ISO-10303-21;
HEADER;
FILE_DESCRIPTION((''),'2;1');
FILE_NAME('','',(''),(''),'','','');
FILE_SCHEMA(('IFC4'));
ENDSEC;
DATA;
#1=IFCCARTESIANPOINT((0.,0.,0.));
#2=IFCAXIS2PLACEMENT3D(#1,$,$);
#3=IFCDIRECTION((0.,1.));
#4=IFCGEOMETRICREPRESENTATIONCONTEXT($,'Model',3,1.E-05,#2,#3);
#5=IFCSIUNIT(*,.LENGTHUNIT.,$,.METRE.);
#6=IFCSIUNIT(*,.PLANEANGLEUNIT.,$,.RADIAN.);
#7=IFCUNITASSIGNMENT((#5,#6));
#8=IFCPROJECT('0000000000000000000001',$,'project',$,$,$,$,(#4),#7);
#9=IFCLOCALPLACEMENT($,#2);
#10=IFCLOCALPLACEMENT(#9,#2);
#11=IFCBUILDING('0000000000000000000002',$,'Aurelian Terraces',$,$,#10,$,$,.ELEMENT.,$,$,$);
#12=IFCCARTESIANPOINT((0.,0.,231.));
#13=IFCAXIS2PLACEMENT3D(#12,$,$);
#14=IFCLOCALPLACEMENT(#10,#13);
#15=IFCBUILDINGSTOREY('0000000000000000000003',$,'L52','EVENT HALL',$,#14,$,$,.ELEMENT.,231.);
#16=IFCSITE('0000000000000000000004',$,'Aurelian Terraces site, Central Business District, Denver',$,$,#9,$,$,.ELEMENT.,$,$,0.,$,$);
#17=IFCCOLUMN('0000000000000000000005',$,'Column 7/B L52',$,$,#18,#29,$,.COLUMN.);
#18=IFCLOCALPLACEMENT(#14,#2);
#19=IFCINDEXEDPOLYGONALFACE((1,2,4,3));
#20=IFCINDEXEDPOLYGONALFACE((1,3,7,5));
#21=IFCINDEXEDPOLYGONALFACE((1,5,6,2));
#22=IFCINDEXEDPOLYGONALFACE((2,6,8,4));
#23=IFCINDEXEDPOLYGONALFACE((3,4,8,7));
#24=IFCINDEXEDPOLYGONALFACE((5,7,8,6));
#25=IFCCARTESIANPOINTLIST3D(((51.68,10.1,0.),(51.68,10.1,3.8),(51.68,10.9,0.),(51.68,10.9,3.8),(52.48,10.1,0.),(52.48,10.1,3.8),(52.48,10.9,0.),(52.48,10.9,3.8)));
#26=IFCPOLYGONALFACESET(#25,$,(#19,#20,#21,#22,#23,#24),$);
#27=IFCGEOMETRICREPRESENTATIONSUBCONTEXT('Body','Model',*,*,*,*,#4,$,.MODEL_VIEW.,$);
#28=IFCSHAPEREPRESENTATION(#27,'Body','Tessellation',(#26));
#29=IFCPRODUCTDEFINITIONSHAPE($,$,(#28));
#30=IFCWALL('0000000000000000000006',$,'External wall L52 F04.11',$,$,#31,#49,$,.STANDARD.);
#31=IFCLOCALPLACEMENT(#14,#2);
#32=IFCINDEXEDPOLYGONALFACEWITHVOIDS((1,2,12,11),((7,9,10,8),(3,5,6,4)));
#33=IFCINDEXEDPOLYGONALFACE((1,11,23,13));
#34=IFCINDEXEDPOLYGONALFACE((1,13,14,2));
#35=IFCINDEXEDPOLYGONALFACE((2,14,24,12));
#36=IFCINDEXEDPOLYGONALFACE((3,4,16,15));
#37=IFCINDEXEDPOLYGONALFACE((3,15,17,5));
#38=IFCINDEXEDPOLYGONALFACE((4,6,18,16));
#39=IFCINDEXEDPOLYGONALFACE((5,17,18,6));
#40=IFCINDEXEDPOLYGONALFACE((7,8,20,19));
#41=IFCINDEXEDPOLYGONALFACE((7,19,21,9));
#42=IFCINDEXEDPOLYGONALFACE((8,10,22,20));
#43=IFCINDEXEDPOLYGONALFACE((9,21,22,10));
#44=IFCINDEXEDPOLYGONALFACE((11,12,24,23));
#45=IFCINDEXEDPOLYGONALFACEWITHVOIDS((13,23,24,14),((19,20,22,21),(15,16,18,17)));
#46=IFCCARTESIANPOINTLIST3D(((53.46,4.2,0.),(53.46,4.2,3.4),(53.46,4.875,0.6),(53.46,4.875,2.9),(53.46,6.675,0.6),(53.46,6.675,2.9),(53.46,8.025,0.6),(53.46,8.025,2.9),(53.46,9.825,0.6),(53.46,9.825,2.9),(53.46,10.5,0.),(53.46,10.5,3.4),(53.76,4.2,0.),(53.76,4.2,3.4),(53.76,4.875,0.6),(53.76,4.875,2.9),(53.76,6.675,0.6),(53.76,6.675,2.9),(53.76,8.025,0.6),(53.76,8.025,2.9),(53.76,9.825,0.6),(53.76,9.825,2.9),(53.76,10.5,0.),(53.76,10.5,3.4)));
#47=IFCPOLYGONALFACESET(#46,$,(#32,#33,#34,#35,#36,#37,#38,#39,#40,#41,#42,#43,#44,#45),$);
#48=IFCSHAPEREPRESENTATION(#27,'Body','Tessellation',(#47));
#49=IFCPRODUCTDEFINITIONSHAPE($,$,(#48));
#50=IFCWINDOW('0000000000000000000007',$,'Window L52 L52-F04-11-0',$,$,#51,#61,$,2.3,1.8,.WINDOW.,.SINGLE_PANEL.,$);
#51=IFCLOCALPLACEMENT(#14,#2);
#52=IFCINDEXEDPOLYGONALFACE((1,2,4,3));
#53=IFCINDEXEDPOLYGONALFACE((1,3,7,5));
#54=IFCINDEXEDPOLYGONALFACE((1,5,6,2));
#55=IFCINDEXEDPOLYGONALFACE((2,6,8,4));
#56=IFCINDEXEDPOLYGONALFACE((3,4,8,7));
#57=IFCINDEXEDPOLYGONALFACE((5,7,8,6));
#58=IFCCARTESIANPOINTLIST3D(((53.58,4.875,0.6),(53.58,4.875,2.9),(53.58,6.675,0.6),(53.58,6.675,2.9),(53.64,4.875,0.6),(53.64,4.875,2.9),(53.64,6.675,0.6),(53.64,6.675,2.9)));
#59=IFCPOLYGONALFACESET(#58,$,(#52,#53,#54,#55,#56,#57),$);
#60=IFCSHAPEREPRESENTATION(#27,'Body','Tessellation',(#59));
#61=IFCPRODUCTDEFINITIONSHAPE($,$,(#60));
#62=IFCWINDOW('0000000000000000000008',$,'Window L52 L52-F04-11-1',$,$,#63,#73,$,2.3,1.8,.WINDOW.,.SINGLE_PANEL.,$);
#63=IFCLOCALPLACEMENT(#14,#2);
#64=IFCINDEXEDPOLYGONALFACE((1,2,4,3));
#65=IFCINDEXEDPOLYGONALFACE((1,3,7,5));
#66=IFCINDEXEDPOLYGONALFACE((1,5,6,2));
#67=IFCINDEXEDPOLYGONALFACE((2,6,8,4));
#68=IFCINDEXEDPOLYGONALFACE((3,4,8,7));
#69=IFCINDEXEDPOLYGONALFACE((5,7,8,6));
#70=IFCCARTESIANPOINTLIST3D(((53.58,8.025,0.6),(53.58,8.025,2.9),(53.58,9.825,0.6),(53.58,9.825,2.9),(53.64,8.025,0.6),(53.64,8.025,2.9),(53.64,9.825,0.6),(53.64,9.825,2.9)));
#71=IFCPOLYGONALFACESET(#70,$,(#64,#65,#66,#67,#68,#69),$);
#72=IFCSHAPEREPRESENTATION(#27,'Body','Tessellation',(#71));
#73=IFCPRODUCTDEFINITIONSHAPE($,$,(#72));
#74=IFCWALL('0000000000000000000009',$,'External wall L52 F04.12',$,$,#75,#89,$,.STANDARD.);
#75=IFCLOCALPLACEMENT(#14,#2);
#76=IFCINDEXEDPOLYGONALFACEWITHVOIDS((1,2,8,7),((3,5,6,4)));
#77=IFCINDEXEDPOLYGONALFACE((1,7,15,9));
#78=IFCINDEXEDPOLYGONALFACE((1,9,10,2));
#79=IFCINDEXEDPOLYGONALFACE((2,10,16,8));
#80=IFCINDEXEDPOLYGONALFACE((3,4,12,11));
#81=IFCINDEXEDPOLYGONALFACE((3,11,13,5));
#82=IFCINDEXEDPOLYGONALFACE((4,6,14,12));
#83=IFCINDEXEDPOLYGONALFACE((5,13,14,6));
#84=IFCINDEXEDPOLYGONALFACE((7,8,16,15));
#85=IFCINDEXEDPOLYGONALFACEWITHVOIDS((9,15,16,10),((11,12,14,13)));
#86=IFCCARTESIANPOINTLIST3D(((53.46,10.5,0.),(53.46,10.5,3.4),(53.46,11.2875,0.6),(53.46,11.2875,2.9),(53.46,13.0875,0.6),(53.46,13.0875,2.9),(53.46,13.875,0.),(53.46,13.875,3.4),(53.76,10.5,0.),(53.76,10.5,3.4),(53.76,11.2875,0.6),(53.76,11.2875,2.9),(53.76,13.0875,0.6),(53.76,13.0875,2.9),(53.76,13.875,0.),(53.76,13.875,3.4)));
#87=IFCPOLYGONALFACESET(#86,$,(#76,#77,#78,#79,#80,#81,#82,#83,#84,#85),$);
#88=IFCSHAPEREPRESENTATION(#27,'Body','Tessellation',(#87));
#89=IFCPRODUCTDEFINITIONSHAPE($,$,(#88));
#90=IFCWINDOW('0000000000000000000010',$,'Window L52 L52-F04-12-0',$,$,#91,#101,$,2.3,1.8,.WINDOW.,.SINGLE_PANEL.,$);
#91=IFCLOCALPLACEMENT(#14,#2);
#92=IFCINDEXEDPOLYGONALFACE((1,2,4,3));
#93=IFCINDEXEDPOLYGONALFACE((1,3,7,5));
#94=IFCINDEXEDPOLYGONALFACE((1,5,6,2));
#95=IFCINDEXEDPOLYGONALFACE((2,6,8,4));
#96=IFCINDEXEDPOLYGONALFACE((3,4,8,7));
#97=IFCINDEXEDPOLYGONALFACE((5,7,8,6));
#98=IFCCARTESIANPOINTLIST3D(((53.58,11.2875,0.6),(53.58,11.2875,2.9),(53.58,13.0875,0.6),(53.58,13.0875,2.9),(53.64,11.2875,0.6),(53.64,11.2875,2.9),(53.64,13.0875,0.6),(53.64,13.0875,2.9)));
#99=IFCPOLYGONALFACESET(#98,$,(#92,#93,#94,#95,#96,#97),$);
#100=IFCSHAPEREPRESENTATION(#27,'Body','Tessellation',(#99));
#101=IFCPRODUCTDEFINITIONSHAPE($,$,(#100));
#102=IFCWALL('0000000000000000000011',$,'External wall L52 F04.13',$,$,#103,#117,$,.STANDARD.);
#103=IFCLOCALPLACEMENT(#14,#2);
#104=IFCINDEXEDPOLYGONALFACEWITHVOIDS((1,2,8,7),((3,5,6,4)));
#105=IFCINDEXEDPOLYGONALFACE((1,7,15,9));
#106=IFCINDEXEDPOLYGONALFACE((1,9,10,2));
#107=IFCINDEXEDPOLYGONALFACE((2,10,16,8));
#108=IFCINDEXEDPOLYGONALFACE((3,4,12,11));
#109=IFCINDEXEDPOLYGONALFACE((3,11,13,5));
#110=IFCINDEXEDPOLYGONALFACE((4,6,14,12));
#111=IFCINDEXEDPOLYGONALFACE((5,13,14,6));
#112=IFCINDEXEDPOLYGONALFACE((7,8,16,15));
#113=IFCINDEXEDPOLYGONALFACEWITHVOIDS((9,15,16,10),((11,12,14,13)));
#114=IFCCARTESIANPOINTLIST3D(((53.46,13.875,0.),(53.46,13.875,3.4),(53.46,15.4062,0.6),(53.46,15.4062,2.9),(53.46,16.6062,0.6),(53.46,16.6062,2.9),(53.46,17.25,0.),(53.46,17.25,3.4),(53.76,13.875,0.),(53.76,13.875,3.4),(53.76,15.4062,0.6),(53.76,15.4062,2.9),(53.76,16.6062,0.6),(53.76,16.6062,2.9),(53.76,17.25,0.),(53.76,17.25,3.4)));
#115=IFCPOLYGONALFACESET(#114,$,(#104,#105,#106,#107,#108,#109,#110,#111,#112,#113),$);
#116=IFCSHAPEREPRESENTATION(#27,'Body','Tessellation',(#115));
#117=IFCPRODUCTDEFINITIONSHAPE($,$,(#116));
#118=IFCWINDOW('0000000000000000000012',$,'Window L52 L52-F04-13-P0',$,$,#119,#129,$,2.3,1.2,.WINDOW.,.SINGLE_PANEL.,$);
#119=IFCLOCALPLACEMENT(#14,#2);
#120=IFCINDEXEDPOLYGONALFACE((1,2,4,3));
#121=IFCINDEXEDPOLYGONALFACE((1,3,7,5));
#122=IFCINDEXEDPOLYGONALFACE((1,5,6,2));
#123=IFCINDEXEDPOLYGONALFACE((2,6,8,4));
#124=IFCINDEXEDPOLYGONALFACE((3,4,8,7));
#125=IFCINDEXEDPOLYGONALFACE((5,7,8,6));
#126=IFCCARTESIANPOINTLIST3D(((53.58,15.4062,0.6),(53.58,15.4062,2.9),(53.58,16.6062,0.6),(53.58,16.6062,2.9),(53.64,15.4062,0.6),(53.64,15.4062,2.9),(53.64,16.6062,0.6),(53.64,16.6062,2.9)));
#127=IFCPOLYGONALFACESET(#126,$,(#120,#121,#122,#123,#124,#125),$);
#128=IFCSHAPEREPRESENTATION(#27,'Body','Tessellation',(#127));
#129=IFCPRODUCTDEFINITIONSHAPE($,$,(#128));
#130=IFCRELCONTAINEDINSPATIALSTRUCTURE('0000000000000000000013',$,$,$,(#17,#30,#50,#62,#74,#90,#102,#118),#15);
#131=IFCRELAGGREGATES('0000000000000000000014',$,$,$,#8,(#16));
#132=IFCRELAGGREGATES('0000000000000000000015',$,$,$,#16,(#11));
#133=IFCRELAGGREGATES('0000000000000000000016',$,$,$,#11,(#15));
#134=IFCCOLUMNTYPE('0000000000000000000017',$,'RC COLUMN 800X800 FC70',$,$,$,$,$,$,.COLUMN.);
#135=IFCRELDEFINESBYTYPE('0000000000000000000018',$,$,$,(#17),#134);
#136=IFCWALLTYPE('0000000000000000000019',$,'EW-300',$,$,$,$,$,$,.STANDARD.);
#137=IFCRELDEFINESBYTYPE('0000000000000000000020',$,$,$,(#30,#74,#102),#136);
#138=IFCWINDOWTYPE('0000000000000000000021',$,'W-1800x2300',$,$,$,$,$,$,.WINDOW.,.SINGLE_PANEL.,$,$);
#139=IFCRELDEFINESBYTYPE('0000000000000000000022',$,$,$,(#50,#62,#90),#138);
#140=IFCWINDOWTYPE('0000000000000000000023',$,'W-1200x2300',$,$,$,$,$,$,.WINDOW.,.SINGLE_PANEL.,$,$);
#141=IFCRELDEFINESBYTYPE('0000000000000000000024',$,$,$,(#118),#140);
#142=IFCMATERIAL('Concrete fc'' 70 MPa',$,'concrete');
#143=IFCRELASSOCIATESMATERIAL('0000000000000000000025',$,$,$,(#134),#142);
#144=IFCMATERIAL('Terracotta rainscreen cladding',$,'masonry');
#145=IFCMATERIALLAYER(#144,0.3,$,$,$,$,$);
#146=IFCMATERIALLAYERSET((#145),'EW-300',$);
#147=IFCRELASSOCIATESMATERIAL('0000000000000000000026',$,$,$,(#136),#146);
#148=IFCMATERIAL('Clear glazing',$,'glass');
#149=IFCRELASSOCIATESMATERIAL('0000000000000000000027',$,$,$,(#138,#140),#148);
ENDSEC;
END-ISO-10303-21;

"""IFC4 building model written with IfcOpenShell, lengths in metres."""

from ifc_helpers import new_model, si_unit, direction, frame, frame_2d, origin, origin_2d, place, context, subcontext, project, spatial, rectangle, extrude, source, transform, mapped, material, layer, layer_set, material_profile, profile_set, type_object, element, fill, save


model = new_model("IFC4")

# Units and contexts
model_context = context("Model", 3, precision=1e-05, world=origin(), true_north=direction((0.0, 1.0)))
body_context = subcontext(model_context, "Body", "Model", "MODEL_VIEW")
ifc_project = project(units=[si_unit("LENGTHUNIT", "METRE"), si_unit("PLANEANGLEUNIT", "RADIAN")], contexts=[model_context])

# Site, building, storey
site_placement = place(None, origin())
site = spatial("IfcSite", under=ifc_project, at=site_placement, Name="Aurelian Terraces site, Central Business District, Denver", CompositionType="ELEMENT", RefElevation=0.0)
building_placement = place(site_placement, origin())
building = spatial("IfcBuilding", under=site, at=building_placement, Name="Aurelian Terraces", CompositionType="ELEMENT")
storey_placement = place(building_placement, frame((0.0, 0.0, 231.0)))
storey = spatial("IfcBuildingStorey", under=building, at=storey_placement, Name="L52", Description="EVENT HALL", CompositionType="ELEMENT", Elevation=231.0)

# Column
ifc_material_1 = material(Name="Concrete fc' 70 MPa", Category="concrete")
ifc_material_profile = material_profile(ifc_material_1, rectangle(XDim=0.8, YDim=0.8, at=origin_2d()))
ifc_profile_set = profile_set([ifc_material_profile], Name="Concrete fc' 70 MPa")
column_type = type_object("IfcColumnType", Name="RC COLUMN 800X800 FC70", PredefinedType="COLUMN", material=ifc_profile_set)
shared_shape_1 = source(origin(), body_context, "Body", "SweptSolid", [
    extrude(rectangle(XDim=0.8, YDim=0.8, at=origin_2d()), origin(), (0.0, 0.0, 1.0), 3.8),
])
column_placement = place(storey_placement, frame((52.08, 10.5, 0.0), z_axis=(0.0, 0.0, 1.0), x_axis=(1.0, 0.0, 0.0)))
element("IfcColumn", 1, at=column_placement, inside=storey, type_object=column_type, Name="Column 7/B L52", PredefinedType="COLUMN", context=body_context, shape_type="MappedRepresentation", body=[
    mapped(shared_shape_1, transform((0.0, 0.0, 0.0), scale=1.0)),
])

# Wall, openings, windows
ifc_material_2 = material(Name="Terracotta rainscreen cladding", Category="masonry")
ifc_layer_1 = layer(ifc_material_2, 0.3)
ifc_layer_set_1 = layer_set([ifc_layer_1], Name="EW-300")
wall_type_1 = type_object("IfcWallType", Name="EW-300", PredefinedType="STANDARD", material=ifc_layer_set_1)
shared_shape_2 = source(origin(), body_context, "Body", "SweptSolid", [
    extrude(rectangle(XDim=6.3, YDim=0.3, at=frame_2d((3.15, 0.0))), origin(), (0.0, 0.0, 1.0), 3.4),
])
wall_1_placement = place(storey_placement, frame((53.61, 4.2, 0.0), z_axis=(0.0, 0.0, 1.0), x_axis=(0.0, 1.0, 0.0)))
wall_1 = element("IfcWall", 2, at=wall_1_placement, inside=storey, type_object=wall_type_1, Name="External wall L52 F04.11", PredefinedType="STANDARD", context=body_context, shape_type="MappedRepresentation", body=[
    mapped(shared_shape_2, transform((0.0, 0.0, 0.0), scale=1.0)),
])
shared_shape_3 = source(origin(), body_context, "Body", "SweptSolid", [
    extrude(rectangle(XDim=1.8, YDim=2.3, at=frame_2d((0.9, 1.15))), frame((0.0, 0.16, 0.0), z_axis=(0.0, -1.0, 0.0), x_axis=(1.0, 0.0, 0.0)), (0.0, 0.0, 1.0), 0.32),
])
opening_1_placement = place(wall_1_placement, frame((0.675, 0.0, 0.6)))
opening_1 = element("IfcOpeningElement", 3, at=opening_1_placement, cuts=wall_1, PredefinedType="OPENING", context=body_context, shape_type="MappedRepresentation", body=[
    mapped(shared_shape_3, transform((0.0, 0.0, 0.0), scale=1.0)),
])
opening_2_placement = place(wall_1_placement, frame((3.825, 0.0, 0.6)))
opening_2 = element("IfcOpeningElement", 4, at=opening_2_placement, cuts=wall_1, PredefinedType="OPENING", context=body_context, shape_type="MappedRepresentation", body=[
    mapped(shared_shape_3, transform((0.0, 0.0, 0.0), scale=1.0)),
])
ifc_material_3 = material(Name="Clear glazing", Category="glass")
window_type_1 = type_object("IfcWindowType", Name="W-1800x2300", PartitioningType="SINGLE_PANEL", PredefinedType="WINDOW", material=ifc_material_3)
shared_shape_4 = source(origin(), body_context, "Body", "SweptSolid", [
    extrude(rectangle(XDim=1.8, YDim=2.3, at=frame_2d((0.9, 1.15))), frame((0.0, 0.03, 0.0), z_axis=(0.0, -1.0, 0.0), x_axis=(1.0, 0.0, 0.0)), (0.0, 0.0, 1.0), 0.06),
])
window_1_placement = place(opening_1_placement, origin())
window_1 = element("IfcWindow", 5, at=window_1_placement, inside=storey, type_object=window_type_1, Name="Window L52 L52-F04-11-0", OverallHeight=2.3, OverallWidth=1.8, PartitioningType="SINGLE_PANEL", PredefinedType="WINDOW", context=body_context, shape_type="MappedRepresentation", body=[
    mapped(shared_shape_4, transform((0.0, 0.0, 0.0), scale=1.0)),
])
fill(opening_1, window_1)
window_2_placement = place(opening_2_placement, origin())
window_2 = element("IfcWindow", 6, at=window_2_placement, inside=storey, type_object=window_type_1, Name="Window L52 L52-F04-11-1", OverallHeight=2.3, OverallWidth=1.8, PartitioningType="SINGLE_PANEL", PredefinedType="WINDOW", context=body_context, shape_type="MappedRepresentation", body=[
    mapped(shared_shape_4, transform((0.0, 0.0, 0.0), scale=1.0)),
])
fill(opening_2, window_2)

# Walls, openings, windows
shared_shape_5 = source(origin(), body_context, "Body", "SweptSolid", [
    extrude(rectangle(XDim=3.375, YDim=0.3, at=frame_2d((1.6875, 0.0))), origin(), (0.0, 0.0, 1.0), 3.4),
])
wall_2_placement = place(storey_placement, frame((53.61, 10.5, 0.0), z_axis=(0.0, 0.0, 1.0), x_axis=(0.0, 1.0, 0.0)))
wall_2 = element("IfcWall", 7, at=wall_2_placement, inside=storey, type_object=wall_type_1, Name="External wall L52 F04.12", PredefinedType="STANDARD", context=body_context, shape_type="MappedRepresentation", body=[
    mapped(shared_shape_5, transform((0.0, 0.0, 0.0), scale=1.0)),
])
opening_3_placement = place(wall_2_placement, frame((0.7875, 0.0, 0.6)))
opening_3 = element("IfcOpeningElement", 8, at=opening_3_placement, cuts=wall_2, PredefinedType="OPENING", context=body_context, shape_type="MappedRepresentation", body=[
    mapped(shared_shape_3, transform((0.0, 0.0, 0.0), scale=1.0)),
])
window_3_placement = place(opening_3_placement, origin())
window_3 = element("IfcWindow", 9, at=window_3_placement, inside=storey, type_object=window_type_1, Name="Window L52 L52-F04-12-0", OverallHeight=2.3, OverallWidth=1.8, PartitioningType="SINGLE_PANEL", PredefinedType="WINDOW", context=body_context, shape_type="MappedRepresentation", body=[
    mapped(shared_shape_4, transform((0.0, 0.0, 0.0), scale=1.0)),
])
fill(opening_3, window_3)
wall_3_placement = place(storey_placement, frame((53.61, 13.875, 0.0), z_axis=(0.0, 0.0, 1.0), x_axis=(0.0, 1.0, 0.0)))
wall_3 = element("IfcWall", 10, at=wall_3_placement, inside=storey, type_object=wall_type_1, Name="External wall L52 F04.13", PredefinedType="STANDARD", context=body_context, shape_type="MappedRepresentation", body=[
    mapped(shared_shape_5, transform((0.0, 0.0, 0.0), scale=1.0)),
])
shared_shape_6 = source(origin(), body_context, "Body", "SweptSolid", [
    extrude(rectangle(XDim=1.2, YDim=2.3, at=frame_2d((0.6, 1.15))), frame((0.0, 0.16, 0.0), z_axis=(0.0, -1.0, 0.0), x_axis=(1.0, 0.0, 0.0)), (0.0, 0.0, 1.0), 0.32),
])
opening_4_placement = place(wall_3_placement, frame((1.5312, 0.0, 0.6)))
opening_4 = element("IfcOpeningElement", 11, at=opening_4_placement, cuts=wall_3, PredefinedType="OPENING", context=body_context, shape_type="MappedRepresentation", body=[
    mapped(shared_shape_6, transform((0.0, 0.0, 0.0), scale=1.0)),
])
window_type_2 = type_object("IfcWindowType", Name="W-1200x2300", PartitioningType="SINGLE_PANEL", PredefinedType="WINDOW", material=ifc_material_3)
shared_shape_7 = source(origin(), body_context, "Body", "SweptSolid", [
    extrude(rectangle(XDim=1.2, YDim=2.3, at=frame_2d((0.6, 1.15))), frame((0.0, 0.03, 0.0), z_axis=(0.0, -1.0, 0.0), x_axis=(1.0, 0.0, 0.0)), (0.0, 0.0, 1.0), 0.06),
])
window_4_placement = place(opening_4_placement, origin())
window_4 = element("IfcWindow", 12, at=window_4_placement, inside=storey, type_object=window_type_2, Name="Window L52 L52-F04-13-P0", OverallHeight=2.3, OverallWidth=1.2, PartitioningType="SINGLE_PANEL", PredefinedType="WINDOW", context=body_context, shape_type="MappedRepresentation", body=[
    mapped(shared_shape_7, transform((0.0, 0.0, 0.0), scale=1.0)),
])
fill(opening_4, window_4)

save(model, "model.ifc")
